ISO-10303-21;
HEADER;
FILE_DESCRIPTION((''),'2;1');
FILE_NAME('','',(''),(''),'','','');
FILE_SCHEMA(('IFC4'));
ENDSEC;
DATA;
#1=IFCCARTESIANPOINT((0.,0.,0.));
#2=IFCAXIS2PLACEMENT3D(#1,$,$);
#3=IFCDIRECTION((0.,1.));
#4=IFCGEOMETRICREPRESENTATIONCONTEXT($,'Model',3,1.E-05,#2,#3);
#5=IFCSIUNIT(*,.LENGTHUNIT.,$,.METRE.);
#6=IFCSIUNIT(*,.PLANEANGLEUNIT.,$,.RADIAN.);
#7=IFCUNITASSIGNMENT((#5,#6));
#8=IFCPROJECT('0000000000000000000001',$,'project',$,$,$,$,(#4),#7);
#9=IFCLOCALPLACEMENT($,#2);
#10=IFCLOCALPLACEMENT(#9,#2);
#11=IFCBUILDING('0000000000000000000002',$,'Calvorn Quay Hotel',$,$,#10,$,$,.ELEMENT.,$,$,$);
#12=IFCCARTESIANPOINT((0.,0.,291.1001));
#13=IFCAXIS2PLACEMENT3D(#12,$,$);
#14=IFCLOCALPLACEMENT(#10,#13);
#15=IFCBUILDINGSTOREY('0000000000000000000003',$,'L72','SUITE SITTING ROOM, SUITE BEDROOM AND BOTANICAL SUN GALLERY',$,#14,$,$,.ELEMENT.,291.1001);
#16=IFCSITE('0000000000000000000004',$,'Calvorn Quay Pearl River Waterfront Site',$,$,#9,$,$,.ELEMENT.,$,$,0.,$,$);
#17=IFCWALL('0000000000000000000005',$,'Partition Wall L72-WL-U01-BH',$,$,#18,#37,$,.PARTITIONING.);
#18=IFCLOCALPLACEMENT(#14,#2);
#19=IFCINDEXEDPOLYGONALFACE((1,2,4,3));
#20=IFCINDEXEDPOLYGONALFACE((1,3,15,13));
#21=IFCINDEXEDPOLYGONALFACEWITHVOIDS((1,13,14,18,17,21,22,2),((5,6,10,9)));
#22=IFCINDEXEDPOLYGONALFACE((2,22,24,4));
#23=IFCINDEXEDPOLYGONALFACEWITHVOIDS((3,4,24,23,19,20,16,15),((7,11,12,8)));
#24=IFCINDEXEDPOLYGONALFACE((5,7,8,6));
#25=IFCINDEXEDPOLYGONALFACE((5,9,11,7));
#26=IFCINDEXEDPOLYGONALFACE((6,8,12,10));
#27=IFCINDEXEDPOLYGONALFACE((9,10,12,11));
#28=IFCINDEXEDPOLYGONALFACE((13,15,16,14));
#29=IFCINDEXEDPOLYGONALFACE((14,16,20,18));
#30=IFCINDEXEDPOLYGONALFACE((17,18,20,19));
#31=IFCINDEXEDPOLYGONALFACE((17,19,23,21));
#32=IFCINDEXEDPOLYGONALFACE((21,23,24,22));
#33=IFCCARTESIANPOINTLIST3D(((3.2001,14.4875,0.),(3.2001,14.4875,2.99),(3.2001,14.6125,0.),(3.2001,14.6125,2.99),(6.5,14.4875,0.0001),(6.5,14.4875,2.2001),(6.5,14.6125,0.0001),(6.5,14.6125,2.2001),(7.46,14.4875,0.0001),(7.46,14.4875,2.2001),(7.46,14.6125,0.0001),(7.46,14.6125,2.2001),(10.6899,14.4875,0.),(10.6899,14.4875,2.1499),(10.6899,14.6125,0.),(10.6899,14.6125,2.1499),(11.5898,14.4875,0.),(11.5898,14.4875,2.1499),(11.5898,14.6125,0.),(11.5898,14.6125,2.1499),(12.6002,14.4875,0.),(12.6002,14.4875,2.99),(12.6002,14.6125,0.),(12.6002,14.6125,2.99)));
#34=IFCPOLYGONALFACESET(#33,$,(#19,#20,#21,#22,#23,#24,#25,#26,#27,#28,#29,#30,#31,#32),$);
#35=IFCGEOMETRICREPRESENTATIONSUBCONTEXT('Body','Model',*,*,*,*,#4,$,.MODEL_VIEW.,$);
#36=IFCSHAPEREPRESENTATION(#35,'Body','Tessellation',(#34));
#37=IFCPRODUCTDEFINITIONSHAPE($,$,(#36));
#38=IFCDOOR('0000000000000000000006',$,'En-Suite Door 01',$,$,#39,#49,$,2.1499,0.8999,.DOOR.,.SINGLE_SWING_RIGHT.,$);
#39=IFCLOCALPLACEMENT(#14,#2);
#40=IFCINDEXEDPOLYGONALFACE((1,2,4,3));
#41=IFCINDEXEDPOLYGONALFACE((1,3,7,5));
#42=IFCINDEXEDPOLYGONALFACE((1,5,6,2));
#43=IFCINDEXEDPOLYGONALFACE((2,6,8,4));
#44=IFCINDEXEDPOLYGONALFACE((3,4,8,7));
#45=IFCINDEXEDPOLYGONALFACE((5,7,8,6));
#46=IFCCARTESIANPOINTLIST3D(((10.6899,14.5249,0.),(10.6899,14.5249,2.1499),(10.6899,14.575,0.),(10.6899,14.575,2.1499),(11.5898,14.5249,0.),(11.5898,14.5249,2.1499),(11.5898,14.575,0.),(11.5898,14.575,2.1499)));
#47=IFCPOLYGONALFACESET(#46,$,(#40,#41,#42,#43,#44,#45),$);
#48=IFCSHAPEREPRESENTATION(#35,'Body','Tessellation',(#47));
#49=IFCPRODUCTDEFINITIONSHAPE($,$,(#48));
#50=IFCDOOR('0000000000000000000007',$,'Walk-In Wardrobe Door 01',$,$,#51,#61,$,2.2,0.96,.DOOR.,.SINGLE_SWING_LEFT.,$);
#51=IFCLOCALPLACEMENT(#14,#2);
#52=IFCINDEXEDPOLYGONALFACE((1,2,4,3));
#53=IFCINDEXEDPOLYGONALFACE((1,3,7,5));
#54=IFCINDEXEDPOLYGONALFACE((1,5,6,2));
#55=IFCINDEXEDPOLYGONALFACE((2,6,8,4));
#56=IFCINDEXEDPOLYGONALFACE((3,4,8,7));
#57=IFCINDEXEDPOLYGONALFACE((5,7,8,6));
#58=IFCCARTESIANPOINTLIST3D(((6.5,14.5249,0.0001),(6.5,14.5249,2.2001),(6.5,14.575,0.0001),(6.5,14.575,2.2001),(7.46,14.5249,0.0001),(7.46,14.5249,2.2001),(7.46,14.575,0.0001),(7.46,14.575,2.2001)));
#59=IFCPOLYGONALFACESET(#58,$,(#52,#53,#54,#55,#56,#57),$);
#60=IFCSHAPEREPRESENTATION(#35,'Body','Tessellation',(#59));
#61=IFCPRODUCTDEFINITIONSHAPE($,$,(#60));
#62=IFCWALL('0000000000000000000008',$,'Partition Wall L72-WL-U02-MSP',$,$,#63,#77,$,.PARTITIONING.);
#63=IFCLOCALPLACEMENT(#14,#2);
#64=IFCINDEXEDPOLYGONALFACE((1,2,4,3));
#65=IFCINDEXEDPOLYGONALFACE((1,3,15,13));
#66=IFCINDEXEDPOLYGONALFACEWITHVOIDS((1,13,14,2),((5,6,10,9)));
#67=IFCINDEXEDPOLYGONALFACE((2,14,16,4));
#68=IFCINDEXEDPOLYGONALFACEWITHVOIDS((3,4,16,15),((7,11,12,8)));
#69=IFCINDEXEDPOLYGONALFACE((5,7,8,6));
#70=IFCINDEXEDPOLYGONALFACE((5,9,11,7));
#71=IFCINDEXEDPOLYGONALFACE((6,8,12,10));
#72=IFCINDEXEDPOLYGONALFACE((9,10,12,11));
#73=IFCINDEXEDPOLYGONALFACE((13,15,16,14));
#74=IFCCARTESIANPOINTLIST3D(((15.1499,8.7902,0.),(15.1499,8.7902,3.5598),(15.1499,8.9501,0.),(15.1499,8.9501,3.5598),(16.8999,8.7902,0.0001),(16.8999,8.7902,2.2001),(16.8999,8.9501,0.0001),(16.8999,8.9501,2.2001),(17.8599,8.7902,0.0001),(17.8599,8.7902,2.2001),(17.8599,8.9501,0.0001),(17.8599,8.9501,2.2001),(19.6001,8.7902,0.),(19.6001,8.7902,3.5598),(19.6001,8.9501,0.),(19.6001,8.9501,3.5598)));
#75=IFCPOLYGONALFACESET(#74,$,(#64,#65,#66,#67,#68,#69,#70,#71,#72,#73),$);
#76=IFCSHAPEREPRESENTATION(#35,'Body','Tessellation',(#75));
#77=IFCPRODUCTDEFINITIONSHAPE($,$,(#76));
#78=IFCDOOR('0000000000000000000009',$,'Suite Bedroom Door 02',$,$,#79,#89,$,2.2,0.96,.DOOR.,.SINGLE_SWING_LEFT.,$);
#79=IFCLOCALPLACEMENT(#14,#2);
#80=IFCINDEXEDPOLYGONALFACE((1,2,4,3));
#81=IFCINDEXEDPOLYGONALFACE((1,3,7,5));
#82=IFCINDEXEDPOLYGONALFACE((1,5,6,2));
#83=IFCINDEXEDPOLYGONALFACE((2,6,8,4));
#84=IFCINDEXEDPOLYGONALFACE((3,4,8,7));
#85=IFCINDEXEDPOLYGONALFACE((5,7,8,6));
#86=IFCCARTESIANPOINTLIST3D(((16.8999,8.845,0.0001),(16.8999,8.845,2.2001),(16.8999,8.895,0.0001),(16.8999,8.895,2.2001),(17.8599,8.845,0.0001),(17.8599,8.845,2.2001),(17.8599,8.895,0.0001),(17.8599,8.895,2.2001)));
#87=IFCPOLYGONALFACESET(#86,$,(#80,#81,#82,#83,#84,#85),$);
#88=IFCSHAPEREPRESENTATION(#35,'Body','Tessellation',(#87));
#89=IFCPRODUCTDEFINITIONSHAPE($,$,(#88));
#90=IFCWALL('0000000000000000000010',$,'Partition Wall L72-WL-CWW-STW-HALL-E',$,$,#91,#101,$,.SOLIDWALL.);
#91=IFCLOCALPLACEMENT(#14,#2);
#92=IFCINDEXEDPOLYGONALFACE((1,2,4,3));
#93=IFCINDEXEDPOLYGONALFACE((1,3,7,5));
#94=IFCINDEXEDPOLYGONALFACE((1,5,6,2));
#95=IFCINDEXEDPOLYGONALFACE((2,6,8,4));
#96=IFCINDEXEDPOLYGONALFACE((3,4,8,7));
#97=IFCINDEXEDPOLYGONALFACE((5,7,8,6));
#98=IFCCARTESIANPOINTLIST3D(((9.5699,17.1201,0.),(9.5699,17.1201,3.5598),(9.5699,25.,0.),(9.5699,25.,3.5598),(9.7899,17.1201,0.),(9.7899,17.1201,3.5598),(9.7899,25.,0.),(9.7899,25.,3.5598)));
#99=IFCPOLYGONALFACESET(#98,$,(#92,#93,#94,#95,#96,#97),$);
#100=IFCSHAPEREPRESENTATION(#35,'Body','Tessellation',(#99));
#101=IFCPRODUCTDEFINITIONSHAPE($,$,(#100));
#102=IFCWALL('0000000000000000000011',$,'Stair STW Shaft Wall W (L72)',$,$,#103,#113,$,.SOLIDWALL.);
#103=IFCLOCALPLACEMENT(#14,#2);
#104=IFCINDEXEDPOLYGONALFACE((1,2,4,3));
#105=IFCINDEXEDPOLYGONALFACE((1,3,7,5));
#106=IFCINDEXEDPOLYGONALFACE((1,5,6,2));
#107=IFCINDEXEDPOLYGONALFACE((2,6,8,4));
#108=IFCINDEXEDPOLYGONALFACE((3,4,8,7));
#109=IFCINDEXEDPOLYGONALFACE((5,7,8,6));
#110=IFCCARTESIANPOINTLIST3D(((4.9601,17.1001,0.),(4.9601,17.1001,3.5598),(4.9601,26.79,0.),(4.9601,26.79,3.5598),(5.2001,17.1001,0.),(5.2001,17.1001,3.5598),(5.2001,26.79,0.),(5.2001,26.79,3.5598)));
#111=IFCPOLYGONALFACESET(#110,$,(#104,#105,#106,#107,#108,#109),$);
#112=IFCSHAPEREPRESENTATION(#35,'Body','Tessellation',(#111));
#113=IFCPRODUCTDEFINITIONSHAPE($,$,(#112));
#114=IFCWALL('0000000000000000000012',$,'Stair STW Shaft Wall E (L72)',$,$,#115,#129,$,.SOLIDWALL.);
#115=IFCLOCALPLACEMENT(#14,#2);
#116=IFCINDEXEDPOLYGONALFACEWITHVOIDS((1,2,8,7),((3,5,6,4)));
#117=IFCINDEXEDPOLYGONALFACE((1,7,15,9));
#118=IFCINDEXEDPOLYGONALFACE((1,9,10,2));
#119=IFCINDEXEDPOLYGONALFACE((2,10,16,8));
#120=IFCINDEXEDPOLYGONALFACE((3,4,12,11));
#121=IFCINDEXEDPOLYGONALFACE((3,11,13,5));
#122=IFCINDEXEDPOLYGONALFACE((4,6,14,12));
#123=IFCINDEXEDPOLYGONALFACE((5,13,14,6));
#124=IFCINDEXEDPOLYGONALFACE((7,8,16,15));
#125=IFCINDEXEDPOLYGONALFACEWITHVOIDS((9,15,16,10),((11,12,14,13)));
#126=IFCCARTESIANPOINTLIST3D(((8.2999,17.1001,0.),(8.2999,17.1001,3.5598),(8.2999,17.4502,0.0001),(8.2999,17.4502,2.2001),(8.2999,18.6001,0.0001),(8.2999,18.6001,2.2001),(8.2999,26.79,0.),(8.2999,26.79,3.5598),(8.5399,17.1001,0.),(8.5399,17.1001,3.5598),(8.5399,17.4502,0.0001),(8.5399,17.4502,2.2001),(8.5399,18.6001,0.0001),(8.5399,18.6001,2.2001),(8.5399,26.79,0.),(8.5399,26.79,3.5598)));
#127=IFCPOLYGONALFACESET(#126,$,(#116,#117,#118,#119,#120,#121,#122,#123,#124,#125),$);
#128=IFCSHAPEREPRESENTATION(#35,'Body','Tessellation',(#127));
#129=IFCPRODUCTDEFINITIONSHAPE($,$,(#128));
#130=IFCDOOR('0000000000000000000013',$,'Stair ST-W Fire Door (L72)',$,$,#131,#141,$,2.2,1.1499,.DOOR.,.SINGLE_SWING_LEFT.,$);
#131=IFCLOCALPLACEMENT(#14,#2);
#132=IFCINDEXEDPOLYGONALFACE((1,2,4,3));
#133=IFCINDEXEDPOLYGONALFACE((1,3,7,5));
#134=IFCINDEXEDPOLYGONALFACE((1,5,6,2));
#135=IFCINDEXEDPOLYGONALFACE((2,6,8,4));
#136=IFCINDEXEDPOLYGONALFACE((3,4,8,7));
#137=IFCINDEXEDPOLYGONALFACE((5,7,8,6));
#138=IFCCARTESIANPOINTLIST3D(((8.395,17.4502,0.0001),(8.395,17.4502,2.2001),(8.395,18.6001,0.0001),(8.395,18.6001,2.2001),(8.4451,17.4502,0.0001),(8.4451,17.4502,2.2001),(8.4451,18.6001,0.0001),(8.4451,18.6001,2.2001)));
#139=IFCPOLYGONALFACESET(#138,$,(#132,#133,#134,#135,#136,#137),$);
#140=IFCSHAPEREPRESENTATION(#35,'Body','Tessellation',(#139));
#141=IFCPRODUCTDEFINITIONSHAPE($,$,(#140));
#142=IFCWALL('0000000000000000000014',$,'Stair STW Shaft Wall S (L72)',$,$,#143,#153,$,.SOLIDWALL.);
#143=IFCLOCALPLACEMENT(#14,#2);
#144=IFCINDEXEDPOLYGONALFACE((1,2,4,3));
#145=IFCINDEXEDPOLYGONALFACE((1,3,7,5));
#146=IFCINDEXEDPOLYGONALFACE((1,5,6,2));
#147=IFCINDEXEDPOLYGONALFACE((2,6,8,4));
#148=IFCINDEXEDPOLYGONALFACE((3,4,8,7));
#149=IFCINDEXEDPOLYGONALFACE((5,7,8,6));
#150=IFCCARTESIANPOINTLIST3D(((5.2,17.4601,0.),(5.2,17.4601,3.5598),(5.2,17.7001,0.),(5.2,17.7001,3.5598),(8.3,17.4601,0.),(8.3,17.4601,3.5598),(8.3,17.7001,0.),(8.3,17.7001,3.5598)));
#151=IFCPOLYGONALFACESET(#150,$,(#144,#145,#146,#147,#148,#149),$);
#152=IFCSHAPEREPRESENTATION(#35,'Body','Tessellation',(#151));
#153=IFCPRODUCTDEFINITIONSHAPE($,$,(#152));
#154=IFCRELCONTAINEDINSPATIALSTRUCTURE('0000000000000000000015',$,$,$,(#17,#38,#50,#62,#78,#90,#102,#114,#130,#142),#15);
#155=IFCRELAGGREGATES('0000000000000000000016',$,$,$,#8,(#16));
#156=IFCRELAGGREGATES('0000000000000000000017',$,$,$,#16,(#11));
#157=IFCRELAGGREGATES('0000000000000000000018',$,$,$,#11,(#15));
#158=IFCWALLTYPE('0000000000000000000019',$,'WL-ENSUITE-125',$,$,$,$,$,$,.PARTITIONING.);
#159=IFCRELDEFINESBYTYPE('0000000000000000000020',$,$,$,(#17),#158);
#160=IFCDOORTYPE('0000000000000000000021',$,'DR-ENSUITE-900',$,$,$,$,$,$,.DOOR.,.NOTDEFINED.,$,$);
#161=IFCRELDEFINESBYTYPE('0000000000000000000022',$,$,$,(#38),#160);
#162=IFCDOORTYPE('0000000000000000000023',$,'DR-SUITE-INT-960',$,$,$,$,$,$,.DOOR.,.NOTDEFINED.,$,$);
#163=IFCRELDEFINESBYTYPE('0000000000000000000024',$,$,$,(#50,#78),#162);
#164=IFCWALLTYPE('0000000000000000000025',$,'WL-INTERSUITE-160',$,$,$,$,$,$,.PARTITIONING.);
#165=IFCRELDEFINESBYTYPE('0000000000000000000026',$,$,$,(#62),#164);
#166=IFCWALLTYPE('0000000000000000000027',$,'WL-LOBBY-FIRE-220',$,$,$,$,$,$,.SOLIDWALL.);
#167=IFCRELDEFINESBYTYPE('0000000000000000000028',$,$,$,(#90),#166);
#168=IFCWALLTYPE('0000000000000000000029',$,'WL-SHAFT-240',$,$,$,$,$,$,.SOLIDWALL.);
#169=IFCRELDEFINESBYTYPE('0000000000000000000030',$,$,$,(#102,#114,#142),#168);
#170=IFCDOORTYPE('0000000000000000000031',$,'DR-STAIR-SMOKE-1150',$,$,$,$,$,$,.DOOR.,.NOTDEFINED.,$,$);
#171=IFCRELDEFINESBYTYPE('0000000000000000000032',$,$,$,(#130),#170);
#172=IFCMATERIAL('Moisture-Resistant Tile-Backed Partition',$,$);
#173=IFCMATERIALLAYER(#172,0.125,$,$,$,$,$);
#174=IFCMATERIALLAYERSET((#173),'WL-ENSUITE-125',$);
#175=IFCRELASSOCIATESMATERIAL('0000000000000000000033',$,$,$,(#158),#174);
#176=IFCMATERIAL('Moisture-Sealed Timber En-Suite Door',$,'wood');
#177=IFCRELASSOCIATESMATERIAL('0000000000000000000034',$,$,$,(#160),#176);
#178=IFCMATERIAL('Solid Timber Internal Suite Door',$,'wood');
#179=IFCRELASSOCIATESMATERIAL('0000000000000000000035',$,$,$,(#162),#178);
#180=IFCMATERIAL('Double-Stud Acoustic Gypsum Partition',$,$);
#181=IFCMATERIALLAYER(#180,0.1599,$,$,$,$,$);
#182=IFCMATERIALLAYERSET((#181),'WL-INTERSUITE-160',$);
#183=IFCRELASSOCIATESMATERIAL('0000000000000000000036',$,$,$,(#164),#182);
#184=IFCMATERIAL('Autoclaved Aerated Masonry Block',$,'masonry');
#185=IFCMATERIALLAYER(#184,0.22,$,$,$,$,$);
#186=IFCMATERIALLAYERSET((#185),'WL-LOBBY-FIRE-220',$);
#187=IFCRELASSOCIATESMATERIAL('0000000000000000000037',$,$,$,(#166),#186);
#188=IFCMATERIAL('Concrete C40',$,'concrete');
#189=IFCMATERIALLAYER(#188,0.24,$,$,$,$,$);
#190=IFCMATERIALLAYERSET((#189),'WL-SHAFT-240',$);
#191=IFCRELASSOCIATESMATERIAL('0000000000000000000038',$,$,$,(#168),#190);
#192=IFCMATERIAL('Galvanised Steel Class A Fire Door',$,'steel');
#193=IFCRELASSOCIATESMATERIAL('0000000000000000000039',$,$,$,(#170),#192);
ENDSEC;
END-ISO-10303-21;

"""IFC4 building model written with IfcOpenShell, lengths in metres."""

from ifc_helpers import new_model, si_unit, direction, frame, frame_2d, origin, place, context, subcontext, project, spatial, rectangle, extrude, material, layer, layer_set, type_object, element, fill, save


model = new_model("IFC4")

# Units and contexts
model_context = context("Model", 3, precision=1e-05, world=origin(), true_north=direction((0.0, 1.0)))
body_context = subcontext(model_context, "Body", "Model", "MODEL_VIEW")
ifc_project = project(units=[si_unit("LENGTHUNIT", "METRE"), si_unit("PLANEANGLEUNIT", "RADIAN")], contexts=[model_context])

# Site, building, storey
site_placement = place(None, origin())
site = spatial("IfcSite", under=ifc_project, at=site_placement, Name="Calvorn Quay Pearl River Waterfront Site", CompositionType="ELEMENT", RefElevation=0.0)
building_placement = place(site_placement, origin())
building = spatial("IfcBuilding", under=site, at=building_placement, Name="Calvorn Quay Hotel", CompositionType="ELEMENT")
storey_placement = place(building_placement, frame((0.0, 0.0, 291.1001)))
storey = spatial("IfcBuildingStorey", under=building, at=storey_placement, Name="L72", Description="SUITE SITTING ROOM, SUITE BEDROOM AND BOTANICAL SUN GALLERY", CompositionType="ELEMENT", Elevation=291.1001)

# Shared definitions
ifc_material_1 = material(Name="Moisture-Resistant Tile-Backed Partition")
ifc_layer_1 = layer(ifc_material_1, 0.125)
ifc_layer_set_1 = layer_set([ifc_layer_1], Name="WL-ENSUITE-125")
wall_type_1 = type_object("IfcWallType", Name="WL-ENSUITE-125", PredefinedType="PARTITIONING", material=ifc_layer_set_1)

# Wall, openings, doors
wall_1_placement = place(storey_placement, frame((3.2, 14.55, 0.0), z_axis=(0.0, 0.0, 1.0), x_axis=(1.0, 0.0, 0.0)))
wall_1 = element("IfcWall", 1, at=wall_1_placement, inside=storey, type_object=wall_type_1, Name="Partition Wall L72-WL-U01-BH", PredefinedType="PARTITIONING", context=body_context, shape_type="SweptSolid", body=[
    extrude(rectangle(XDim=9.4001, YDim=0.125, at=frame_2d((4.7002, 0.0))), origin(), (0.0, 0.0, 1.0), 2.99),
])
opening_1_placement = place(wall_1_placement, frame((3.3, 0.0, 0.0)))
opening_1 = element("IfcOpeningElement", 2, at=opening_1_placement, cuts=wall_1, PredefinedType="OPENING", context=body_context, shape_type="SweptSolid", body=[
    extrude(rectangle(XDim=0.96, YDim=2.2, at=frame_2d((0.48, 1.1001))), frame((0.0, 0.0725, 0.0), z_axis=(0.0, -1.0, 0.0), x_axis=(1.0, 0.0, 0.0)), (0.0, 0.0, 1.0), 0.145),
])
opening_2_placement = place(wall_1_placement, frame((7.49, 0.0, 0.0)))
opening_2 = element("IfcOpeningElement", 3, at=opening_2_placement, cuts=wall_1, PredefinedType="OPENING", context=body_context, shape_type="SweptSolid", body=[
    extrude(rectangle(XDim=0.8999, YDim=2.1499, at=frame_2d((0.45, 1.075))), frame((0.0, 0.0725, 0.0), z_axis=(0.0, -1.0, 0.0), x_axis=(1.0, 0.0, 0.0)), (0.0, 0.0, 1.0), 0.145),
])
ifc_material_2 = material(Name="Moisture-Sealed Timber En-Suite Door", Category="wood")
door_type_1 = type_object("IfcDoorType", Name="DR-ENSUITE-900", OperationType="NOTDEFINED", PredefinedType="DOOR", material=ifc_material_2)
door_1_placement = place(opening_2_placement, origin())
door_1 = element("IfcDoor", 4, at=door_1_placement, inside=storey, type_object=door_type_1, Name="En-Suite Door 01", OperationType="SINGLE_SWING_RIGHT", OverallHeight=2.1499, OverallWidth=0.8999, PredefinedType="DOOR", context=body_context, shape_type="SweptSolid", body=[
    extrude(rectangle(XDim=0.8999, YDim=2.1499, at=frame_2d((0.45, 1.075))), frame((0.0, 0.0249, 0.0), z_axis=(0.0, -1.0, 0.0), x_axis=(1.0, 0.0, 0.0)), (0.0, 0.0, 1.0), 0.05),
])
fill(opening_2, door_1)
ifc_material_3 = material(Name="Solid Timber Internal Suite Door", Category="wood")
door_type_2 = type_object("IfcDoorType", Name="DR-SUITE-INT-960", OperationType="NOTDEFINED", PredefinedType="DOOR", material=ifc_material_3)
door_2_placement = place(opening_1_placement, origin())
door_2 = element("IfcDoor", 5, at=door_2_placement, inside=storey, type_object=door_type_2, Name="Walk-In Wardrobe Door 01", OperationType="SINGLE_SWING_LEFT", OverallHeight=2.2, OverallWidth=0.96, PredefinedType="DOOR", context=body_context, shape_type="SweptSolid", body=[
    extrude(rectangle(XDim=0.96, YDim=2.2, at=frame_2d((0.48, 1.1001))), frame((0.0, 0.0249, 0.0), z_axis=(0.0, -1.0, 0.0), x_axis=(1.0, 0.0, 0.0)), (0.0, 0.0, 1.0), 0.05),
])
fill(opening_1, door_2)

# Wall, opening, door
ifc_material_4 = material(Name="Double-Stud Acoustic Gypsum Partition")
ifc_layer_2 = layer(ifc_material_4, 0.1599)
ifc_layer_set_2 = layer_set([ifc_layer_2], Name="WL-INTERSUITE-160")
wall_type_2 = type_object("IfcWallType", Name="WL-INTERSUITE-160", PredefinedType="PARTITIONING", material=ifc_layer_set_2)
wall_2_placement = place(storey_placement, frame((15.1499, 8.8701, 0.0), z_axis=(0.0, 0.0, 1.0), x_axis=(1.0, 0.0, 0.0)))
wall_2 = element("IfcWall", 6, at=wall_2_placement, inside=storey, type_object=wall_type_2, Name="Partition Wall L72-WL-U02-MSP", PredefinedType="PARTITIONING", context=body_context, shape_type="SweptSolid", body=[
    extrude(rectangle(XDim=4.4502, YDim=0.1599, at=frame_2d((2.2251, 0.0))), origin(), (0.0, 0.0, 1.0), 3.5598),
])
opening_3_placement = place(wall_2_placement, frame((1.75, 0.0, 0.0)))
opening_3 = element("IfcOpeningElement", 7, at=opening_3_placement, cuts=wall_2, PredefinedType="OPENING", context=body_context, shape_type="SweptSolid", body=[
    extrude(rectangle(XDim=0.96, YDim=2.2, at=frame_2d((0.48, 1.1001))), frame((0.0, 0.0898, 0.0), z_axis=(0.0, -1.0, 0.0), x_axis=(1.0, 0.0, 0.0)), (0.0, 0.0, 1.0), 0.1799),
])
door_3_placement = place(opening_3_placement, origin())
door_3 = element("IfcDoor", 8, at=door_3_placement, inside=storey, type_object=door_type_2, Name="Suite Bedroom Door 02", OperationType="SINGLE_SWING_LEFT", OverallHeight=2.2, OverallWidth=0.96, PredefinedType="DOOR", context=body_context, shape_type="SweptSolid", body=[
    extrude(rectangle(XDim=0.96, YDim=2.2, at=frame_2d((0.48, 1.1001))), frame((0.0, 0.0249, 0.0), z_axis=(0.0, -1.0, 0.0), x_axis=(1.0, 0.0, 0.0)), (0.0, 0.0, 1.0), 0.05),
])
fill(opening_3, door_3)

# Walls
ifc_material_5 = material(Name="Autoclaved Aerated Masonry Block", Category="masonry")
ifc_layer_3 = layer(ifc_material_5, 0.22)
ifc_layer_set_3 = layer_set([ifc_layer_3], Name="WL-LOBBY-FIRE-220")
wall_type_3 = type_object("IfcWallType", Name="WL-LOBBY-FIRE-220", PredefinedType="SOLIDWALL", material=ifc_layer_set_3)
wall_3_placement = place(storey_placement, frame((9.6799, 17.1201, 0.0), z_axis=(0.0, 0.0, 1.0), x_axis=(0.0, 1.0, 0.0)))
element("IfcWall", 9, at=wall_3_placement, inside=storey, type_object=wall_type_3, Name="Partition Wall L72-WL-CWW-STW-HALL-E", PredefinedType="SOLIDWALL", context=body_context, shape_type="SweptSolid", body=[
    extrude(rectangle(XDim=7.8799, YDim=0.22, at=frame_2d((3.9399, 0.0))), origin(), (0.0, 0.0, 1.0), 3.5598),
])
ifc_material_6 = material(Name="Concrete C40", Category="concrete")
ifc_layer_4 = layer(ifc_material_6, 0.24)
ifc_layer_set_4 = layer_set([ifc_layer_4], Name="WL-SHAFT-240")
wall_type_4 = type_object("IfcWallType", Name="WL-SHAFT-240", PredefinedType="SOLIDWALL", material=ifc_layer_set_4)
wall_4_placement = place(storey_placement, frame((5.0801, 17.1001, 0.0), z_axis=(0.0, 0.0, 1.0), x_axis=(0.0, 1.0, 0.0)))
element("IfcWall", 10, at=wall_4_placement, inside=storey, type_object=wall_type_4, Name="Stair STW Shaft Wall W (L72)", PredefinedType="SOLIDWALL", context=body_context, shape_type="SweptSolid", body=[
    extrude(rectangle(XDim=9.6899, YDim=0.24, at=frame_2d((4.845, 0.0))), origin(), (0.0, 0.0, 1.0), 3.5598),
])

# Wall, opening, door
wall_5_placement = place(storey_placement, frame((8.4199, 17.1001, 0.0), z_axis=(0.0, 0.0, 1.0), x_axis=(0.0, 1.0, 0.0)))
wall_5 = element("IfcWall", 11, at=wall_5_placement, inside=storey, type_object=wall_type_4, Name="Stair STW Shaft Wall E (L72)", PredefinedType="SOLIDWALL", context=body_context, shape_type="SweptSolid", body=[
    extrude(rectangle(XDim=9.6899, YDim=0.24, at=frame_2d((4.845, 0.0))), origin(), (0.0, 0.0, 1.0), 3.5598),
])
opening_4_placement = place(wall_5_placement, frame((0.3501, 0.0, 0.0)))
opening_4 = element("IfcOpeningElement", 12, at=opening_4_placement, cuts=wall_5, PredefinedType="OPENING", context=body_context, shape_type="SweptSolid", body=[
    extrude(rectangle(XDim=1.1499, YDim=2.2, at=frame_2d((0.575, 1.1001))), frame((0.0, 0.1299, 0.0), z_axis=(0.0, -1.0, 0.0), x_axis=(1.0, 0.0, 0.0)), (0.0, 0.0, 1.0), 0.26),
])
ifc_material_7 = material(Name="Galvanised Steel Class A Fire Door", Category="steel")
door_type_3 = type_object("IfcDoorType", Name="DR-STAIR-SMOKE-1150", OperationType="NOTDEFINED", PredefinedType="DOOR", material=ifc_material_7)
door_4_placement = place(opening_4_placement, origin())
door_4 = element("IfcDoor", 13, at=door_4_placement, inside=storey, type_object=door_type_3, Name="Stair ST-W Fire Door (L72)", OperationType="SINGLE_SWING_LEFT", OverallHeight=2.2, OverallWidth=1.1499, PredefinedType="DOOR", context=body_context, shape_type="SweptSolid", body=[
    extrude(rectangle(XDim=1.1499, YDim=2.2, at=frame_2d((0.575, 1.1001))), frame((0.0, 0.0249, 0.0), z_axis=(0.0, -1.0, 0.0), x_axis=(1.0, 0.0, 0.0)), (0.0, 0.0, 1.0), 0.05),
])
fill(opening_4, door_4)

# Wall
wall_6_placement = place(storey_placement, frame((5.2, 17.5801, 0.0), z_axis=(0.0, 0.0, 1.0), x_axis=(1.0, 0.0, 0.0)))
element("IfcWall", 14, at=wall_6_placement, inside=storey, type_object=wall_type_4, Name="Stair STW Shaft Wall S (L72)", PredefinedType="SOLIDWALL", context=body_context, shape_type="SweptSolid", body=[
    extrude(rectangle(XDim=3.1001, YDim=0.24, at=frame_2d((1.55, 0.0))), origin(), (0.0, 0.0, 1.0), 3.5598),
])

save(model, "model.ifc")
